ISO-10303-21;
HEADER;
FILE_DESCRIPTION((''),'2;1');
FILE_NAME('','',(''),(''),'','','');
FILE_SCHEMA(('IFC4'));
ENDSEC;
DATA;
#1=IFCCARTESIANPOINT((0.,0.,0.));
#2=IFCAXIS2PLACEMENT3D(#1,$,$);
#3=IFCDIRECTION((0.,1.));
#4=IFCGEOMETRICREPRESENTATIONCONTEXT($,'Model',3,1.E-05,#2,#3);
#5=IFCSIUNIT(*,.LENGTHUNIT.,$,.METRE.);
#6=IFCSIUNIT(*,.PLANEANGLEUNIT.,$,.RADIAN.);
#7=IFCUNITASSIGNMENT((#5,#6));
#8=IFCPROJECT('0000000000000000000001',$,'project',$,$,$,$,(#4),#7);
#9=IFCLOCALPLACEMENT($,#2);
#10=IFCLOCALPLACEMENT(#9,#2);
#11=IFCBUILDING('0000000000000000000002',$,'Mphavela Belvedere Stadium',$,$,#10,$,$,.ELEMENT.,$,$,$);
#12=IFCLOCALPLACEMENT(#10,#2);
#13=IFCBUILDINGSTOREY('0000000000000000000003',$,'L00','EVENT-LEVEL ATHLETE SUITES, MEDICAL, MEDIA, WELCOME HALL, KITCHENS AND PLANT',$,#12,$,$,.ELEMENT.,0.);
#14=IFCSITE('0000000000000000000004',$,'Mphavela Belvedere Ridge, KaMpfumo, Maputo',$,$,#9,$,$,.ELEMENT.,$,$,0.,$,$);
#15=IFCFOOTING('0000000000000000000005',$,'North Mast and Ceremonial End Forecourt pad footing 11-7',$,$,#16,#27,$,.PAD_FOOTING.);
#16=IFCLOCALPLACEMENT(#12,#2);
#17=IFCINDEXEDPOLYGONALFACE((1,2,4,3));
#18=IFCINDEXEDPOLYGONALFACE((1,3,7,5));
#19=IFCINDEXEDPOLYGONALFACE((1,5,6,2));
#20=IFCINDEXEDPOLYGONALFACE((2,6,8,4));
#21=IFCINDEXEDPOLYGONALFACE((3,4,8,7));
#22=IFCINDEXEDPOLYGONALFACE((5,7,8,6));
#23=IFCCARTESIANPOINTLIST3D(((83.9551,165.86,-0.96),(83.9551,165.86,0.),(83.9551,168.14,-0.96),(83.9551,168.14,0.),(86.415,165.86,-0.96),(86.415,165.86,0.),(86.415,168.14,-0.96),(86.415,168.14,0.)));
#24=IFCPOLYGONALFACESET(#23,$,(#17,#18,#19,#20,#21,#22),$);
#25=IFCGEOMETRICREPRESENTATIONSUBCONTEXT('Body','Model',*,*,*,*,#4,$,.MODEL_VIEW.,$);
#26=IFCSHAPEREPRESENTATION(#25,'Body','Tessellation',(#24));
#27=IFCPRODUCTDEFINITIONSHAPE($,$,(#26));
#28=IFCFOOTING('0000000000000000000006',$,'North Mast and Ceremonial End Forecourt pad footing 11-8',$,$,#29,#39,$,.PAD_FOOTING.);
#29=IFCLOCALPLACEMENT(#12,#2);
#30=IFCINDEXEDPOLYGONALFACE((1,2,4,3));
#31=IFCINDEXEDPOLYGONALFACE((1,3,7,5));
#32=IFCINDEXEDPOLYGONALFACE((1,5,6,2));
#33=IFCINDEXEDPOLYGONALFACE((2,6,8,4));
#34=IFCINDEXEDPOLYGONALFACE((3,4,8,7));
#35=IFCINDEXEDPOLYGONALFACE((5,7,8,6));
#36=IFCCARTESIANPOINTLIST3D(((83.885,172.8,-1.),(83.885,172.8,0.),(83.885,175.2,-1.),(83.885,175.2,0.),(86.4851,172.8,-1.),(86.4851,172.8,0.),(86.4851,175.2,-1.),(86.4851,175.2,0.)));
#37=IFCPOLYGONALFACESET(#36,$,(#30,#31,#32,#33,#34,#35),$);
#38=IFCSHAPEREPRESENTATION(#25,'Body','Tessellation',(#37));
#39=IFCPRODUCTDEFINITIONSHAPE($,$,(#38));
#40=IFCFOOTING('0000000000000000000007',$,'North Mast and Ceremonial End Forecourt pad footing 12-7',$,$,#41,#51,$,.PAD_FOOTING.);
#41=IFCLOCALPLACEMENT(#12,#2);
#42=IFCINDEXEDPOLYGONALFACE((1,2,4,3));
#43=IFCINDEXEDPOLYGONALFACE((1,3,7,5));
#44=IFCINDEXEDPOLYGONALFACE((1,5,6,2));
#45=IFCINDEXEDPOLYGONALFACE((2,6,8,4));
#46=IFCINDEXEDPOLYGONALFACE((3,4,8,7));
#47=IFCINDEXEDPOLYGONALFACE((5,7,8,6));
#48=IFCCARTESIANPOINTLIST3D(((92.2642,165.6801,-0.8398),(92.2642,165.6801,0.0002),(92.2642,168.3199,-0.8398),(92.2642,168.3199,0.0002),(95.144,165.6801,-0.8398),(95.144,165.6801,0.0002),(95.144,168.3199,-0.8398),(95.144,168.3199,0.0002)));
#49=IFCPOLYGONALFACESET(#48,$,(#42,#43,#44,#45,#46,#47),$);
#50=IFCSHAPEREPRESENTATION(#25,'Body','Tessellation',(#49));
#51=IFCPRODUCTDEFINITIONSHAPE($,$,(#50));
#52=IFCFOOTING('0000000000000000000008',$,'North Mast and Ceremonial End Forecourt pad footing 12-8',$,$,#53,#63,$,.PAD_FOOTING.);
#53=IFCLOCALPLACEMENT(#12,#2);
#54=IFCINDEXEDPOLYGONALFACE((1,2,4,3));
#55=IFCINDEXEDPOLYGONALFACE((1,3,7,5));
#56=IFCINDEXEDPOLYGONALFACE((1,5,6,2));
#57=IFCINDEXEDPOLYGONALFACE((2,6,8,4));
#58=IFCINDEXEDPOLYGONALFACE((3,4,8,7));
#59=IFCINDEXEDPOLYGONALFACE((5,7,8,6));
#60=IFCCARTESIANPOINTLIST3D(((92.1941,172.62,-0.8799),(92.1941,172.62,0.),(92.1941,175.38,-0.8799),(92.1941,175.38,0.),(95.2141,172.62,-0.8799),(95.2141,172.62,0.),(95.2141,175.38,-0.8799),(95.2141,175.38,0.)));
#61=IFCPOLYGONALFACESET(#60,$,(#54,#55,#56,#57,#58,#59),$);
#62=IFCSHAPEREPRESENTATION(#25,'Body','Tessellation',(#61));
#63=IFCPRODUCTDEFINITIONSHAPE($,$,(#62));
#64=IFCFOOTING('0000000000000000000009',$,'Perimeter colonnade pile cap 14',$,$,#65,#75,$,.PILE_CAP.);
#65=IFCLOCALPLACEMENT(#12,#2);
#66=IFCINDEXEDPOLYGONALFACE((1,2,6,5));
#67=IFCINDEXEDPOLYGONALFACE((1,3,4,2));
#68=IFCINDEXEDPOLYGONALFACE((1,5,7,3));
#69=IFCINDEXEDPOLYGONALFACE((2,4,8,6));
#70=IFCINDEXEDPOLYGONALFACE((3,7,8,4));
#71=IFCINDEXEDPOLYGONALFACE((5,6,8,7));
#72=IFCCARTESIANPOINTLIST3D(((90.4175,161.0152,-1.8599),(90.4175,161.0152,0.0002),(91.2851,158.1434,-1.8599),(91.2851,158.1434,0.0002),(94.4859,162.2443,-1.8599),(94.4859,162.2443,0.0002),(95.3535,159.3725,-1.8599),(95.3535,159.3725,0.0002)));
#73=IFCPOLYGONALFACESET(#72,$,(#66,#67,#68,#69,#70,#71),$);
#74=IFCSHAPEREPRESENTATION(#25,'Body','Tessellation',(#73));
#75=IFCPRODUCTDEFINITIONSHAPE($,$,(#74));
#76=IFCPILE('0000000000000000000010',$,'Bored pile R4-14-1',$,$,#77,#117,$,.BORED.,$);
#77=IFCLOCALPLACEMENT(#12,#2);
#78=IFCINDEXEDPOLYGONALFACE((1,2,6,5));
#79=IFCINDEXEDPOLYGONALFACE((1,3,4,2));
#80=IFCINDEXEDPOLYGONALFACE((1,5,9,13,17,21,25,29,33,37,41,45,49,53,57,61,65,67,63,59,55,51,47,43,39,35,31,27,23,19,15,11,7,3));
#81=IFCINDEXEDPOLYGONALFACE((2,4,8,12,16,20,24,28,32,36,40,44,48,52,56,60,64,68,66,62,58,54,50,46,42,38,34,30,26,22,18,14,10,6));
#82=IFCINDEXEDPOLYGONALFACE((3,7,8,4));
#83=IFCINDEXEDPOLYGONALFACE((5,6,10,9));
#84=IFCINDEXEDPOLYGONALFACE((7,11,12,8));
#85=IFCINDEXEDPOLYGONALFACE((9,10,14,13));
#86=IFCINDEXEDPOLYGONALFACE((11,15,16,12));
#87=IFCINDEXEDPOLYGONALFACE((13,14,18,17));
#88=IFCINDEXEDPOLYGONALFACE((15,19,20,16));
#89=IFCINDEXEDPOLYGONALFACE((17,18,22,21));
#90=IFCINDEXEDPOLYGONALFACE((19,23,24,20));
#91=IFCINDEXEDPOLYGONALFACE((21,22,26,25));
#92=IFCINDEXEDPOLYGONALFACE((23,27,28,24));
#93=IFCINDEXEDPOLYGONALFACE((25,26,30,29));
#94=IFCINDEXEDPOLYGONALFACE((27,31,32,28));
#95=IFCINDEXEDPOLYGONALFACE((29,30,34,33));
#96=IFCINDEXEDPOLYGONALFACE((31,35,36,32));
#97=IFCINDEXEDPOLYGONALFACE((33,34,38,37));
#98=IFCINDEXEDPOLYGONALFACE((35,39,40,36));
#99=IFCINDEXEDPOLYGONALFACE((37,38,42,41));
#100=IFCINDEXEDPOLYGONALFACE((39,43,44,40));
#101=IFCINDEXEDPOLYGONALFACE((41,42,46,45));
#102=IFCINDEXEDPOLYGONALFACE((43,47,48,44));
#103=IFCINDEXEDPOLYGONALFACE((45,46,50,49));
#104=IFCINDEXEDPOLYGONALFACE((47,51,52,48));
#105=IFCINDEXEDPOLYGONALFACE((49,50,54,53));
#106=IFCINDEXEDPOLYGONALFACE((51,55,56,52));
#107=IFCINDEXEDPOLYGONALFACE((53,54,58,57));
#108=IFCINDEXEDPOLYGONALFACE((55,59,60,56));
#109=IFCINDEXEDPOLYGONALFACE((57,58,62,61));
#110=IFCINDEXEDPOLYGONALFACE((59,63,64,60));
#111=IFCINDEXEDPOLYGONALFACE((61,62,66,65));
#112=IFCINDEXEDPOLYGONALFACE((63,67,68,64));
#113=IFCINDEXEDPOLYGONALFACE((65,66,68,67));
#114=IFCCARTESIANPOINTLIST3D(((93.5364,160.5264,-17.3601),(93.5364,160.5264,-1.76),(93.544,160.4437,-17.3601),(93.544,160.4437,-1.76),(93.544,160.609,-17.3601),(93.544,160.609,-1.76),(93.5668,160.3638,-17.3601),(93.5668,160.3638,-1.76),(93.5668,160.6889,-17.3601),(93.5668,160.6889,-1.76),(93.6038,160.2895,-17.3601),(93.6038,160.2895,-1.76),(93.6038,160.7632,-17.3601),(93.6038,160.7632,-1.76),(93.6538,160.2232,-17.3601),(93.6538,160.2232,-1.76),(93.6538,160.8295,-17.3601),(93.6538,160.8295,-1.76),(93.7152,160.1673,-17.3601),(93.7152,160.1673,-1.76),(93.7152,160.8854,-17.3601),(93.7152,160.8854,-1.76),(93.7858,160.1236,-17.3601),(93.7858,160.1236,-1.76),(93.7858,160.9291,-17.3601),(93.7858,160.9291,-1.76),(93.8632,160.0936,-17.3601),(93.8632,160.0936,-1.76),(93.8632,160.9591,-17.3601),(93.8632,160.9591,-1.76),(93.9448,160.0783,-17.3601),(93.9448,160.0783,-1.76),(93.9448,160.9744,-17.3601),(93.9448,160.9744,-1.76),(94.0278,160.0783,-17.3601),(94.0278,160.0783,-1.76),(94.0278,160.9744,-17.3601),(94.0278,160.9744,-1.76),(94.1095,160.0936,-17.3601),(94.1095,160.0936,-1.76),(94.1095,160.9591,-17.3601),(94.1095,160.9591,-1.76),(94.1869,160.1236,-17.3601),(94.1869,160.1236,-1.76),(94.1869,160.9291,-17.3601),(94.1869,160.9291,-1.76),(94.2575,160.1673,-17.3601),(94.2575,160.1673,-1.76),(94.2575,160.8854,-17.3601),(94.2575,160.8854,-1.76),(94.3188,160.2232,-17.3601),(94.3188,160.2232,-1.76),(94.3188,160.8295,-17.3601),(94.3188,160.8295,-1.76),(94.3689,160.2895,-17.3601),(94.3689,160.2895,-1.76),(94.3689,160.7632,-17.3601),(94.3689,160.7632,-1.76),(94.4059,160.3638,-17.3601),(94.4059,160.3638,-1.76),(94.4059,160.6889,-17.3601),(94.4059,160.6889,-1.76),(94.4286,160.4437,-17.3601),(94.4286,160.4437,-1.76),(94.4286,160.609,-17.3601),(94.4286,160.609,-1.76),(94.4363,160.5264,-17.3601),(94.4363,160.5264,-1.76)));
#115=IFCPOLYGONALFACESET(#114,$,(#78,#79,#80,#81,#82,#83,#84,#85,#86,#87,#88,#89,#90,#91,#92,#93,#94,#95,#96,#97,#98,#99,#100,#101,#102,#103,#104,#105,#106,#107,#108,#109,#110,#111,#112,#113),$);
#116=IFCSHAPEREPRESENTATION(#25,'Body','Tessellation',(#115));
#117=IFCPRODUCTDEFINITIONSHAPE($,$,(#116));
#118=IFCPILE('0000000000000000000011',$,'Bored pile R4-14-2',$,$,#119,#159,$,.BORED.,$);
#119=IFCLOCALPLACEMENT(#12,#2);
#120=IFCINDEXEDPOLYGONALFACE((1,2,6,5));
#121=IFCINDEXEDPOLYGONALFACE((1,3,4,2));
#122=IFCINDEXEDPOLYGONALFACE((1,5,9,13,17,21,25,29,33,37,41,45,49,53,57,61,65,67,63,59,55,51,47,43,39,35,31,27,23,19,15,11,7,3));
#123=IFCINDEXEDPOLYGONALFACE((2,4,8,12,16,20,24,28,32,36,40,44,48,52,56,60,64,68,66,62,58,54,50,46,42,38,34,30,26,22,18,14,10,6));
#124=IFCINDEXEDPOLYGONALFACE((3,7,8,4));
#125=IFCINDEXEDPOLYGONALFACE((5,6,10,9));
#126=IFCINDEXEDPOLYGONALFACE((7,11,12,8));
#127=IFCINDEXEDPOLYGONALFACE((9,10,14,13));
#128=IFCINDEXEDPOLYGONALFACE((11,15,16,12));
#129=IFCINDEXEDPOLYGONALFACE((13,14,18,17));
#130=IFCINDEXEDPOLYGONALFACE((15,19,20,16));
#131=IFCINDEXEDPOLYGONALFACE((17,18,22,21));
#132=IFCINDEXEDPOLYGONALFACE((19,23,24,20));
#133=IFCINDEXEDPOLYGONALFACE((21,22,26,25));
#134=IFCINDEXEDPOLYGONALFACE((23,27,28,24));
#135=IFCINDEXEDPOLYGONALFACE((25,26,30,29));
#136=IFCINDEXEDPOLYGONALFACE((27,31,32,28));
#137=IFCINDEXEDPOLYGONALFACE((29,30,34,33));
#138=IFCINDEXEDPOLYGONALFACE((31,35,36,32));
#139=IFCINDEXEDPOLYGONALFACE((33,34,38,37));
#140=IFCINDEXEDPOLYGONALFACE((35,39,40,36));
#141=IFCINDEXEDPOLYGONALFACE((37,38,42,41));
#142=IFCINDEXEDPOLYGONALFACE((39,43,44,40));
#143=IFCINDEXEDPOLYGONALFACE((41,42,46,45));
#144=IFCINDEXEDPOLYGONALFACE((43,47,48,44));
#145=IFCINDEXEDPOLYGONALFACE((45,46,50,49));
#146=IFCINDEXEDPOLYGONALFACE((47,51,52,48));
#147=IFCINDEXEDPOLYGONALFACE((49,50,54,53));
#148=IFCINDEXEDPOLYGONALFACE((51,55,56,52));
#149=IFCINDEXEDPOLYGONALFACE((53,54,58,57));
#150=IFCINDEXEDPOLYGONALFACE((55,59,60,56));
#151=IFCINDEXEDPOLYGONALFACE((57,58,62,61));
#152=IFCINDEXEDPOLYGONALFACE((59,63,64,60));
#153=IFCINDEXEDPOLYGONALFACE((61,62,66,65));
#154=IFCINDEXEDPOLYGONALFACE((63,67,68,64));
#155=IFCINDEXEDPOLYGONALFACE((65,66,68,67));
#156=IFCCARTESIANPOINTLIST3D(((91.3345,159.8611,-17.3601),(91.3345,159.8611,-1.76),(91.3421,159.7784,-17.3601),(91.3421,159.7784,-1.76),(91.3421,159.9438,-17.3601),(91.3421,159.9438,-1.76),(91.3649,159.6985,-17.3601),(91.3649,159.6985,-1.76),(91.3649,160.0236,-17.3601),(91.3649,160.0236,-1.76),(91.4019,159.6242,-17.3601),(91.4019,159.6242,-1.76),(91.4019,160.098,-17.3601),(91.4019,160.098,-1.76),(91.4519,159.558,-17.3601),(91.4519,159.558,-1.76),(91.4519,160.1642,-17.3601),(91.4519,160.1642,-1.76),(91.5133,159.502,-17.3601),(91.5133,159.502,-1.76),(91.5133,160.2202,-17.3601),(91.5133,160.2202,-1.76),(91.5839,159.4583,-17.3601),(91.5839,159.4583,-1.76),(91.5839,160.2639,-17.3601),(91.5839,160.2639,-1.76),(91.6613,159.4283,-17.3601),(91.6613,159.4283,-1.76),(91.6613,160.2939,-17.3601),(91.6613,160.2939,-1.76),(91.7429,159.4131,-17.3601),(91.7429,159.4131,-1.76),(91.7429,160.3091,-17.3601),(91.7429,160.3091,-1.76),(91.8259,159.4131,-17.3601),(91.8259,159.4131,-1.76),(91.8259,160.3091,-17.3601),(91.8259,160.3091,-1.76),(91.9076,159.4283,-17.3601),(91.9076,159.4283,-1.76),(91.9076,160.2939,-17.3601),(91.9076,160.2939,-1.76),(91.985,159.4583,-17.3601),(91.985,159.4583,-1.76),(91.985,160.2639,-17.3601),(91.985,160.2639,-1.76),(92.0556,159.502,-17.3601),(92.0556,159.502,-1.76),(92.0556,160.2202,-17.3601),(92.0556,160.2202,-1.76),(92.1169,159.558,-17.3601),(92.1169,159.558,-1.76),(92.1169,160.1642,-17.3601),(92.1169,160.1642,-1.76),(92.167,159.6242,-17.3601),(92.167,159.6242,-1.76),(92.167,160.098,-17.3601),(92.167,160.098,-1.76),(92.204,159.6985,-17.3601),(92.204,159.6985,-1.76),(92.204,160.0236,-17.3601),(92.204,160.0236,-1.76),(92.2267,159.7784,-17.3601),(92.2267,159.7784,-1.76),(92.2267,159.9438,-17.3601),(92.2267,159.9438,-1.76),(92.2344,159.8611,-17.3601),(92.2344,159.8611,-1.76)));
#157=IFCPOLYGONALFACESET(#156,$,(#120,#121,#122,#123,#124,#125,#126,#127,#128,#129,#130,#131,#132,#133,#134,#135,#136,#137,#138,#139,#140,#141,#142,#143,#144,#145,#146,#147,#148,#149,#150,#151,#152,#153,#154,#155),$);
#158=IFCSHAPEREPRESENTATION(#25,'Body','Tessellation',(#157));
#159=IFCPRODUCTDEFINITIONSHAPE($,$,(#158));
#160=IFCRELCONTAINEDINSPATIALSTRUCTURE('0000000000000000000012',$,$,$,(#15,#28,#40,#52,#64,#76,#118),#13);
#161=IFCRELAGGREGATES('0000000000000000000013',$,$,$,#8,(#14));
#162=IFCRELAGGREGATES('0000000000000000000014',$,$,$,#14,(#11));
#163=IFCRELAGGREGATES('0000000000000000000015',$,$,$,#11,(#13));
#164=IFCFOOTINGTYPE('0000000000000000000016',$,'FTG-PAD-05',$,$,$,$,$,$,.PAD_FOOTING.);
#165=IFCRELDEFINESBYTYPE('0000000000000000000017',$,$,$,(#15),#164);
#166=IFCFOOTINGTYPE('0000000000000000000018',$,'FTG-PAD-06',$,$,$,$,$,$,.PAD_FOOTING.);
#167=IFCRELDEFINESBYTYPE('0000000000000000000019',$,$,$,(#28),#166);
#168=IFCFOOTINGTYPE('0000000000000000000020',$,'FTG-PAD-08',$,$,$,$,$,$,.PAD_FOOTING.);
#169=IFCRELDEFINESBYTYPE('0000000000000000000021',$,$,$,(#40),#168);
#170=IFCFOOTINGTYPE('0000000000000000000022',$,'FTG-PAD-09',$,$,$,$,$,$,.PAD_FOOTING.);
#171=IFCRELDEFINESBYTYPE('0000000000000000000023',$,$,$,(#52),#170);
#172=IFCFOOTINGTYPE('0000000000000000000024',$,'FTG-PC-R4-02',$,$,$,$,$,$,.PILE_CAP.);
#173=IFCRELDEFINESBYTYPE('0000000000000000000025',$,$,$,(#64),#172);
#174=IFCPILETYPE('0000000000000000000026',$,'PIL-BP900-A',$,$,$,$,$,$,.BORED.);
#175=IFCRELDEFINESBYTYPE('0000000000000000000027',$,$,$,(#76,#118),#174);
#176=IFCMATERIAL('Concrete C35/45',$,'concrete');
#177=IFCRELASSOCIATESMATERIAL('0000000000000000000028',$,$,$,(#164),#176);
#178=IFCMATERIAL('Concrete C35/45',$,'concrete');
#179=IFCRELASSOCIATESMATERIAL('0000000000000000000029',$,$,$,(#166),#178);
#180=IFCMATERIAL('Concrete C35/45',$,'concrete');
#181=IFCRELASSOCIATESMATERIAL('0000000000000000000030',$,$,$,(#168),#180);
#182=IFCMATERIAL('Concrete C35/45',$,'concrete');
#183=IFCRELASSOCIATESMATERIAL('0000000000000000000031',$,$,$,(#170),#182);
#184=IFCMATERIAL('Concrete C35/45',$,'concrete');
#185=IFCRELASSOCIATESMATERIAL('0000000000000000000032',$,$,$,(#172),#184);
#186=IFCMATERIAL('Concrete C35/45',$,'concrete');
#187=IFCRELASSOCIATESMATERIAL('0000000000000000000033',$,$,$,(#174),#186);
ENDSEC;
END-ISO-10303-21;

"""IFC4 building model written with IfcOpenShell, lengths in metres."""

from ifc_helpers import new_model, si_unit, direction, frame, origin, origin_2d, place, context, subcontext, project, spatial, rectangle, circle, extrude, material, material_profile, profile_set, type_object, element, save


model = new_model("IFC4")

# Units and contexts
model_context = context("Model", 3, precision=1e-05, world=origin(), true_north=direction((0.0, 1.0)))
body_context = subcontext(model_context, "Body", "Model", "MODEL_VIEW")
ifc_project = project(units=[si_unit("LENGTHUNIT", "METRE"), si_unit("PLANEANGLEUNIT", "RADIAN")], contexts=[model_context])

# Site, building, storey
site_placement = place(None, origin())
site = spatial("IfcSite", under=ifc_project, at=site_placement, Name="Mphavela Belvedere Ridge, KaMpfumo, Maputo", CompositionType="ELEMENT", RefElevation=0.0)
building_placement = place(site_placement, origin())
building = spatial("IfcBuilding", under=site, at=building_placement, Name="Mphavela Belvedere Stadium", CompositionType="ELEMENT")
storey_placement = place(building_placement, origin())
storey = spatial("IfcBuildingStorey", under=building, at=storey_placement, Name="L00", Description="EVENT-LEVEL ATHLETE SUITES, MEDICAL, MEDIA, WELCOME HALL, KITCHENS AND PLANT", CompositionType="ELEMENT", Elevation=0.0)

# Footings
ifc_material_1 = material(Name="Concrete C35/45", Category="concrete")
footing_type_1 = type_object("IfcFootingType", Name="FTG-PAD-05", PredefinedType="PAD_FOOTING", material=ifc_material_1)
footing_1_placement = place(storey_placement, frame((85.1851, 167.0, -0.96), z_axis=(0.0, 0.0, 1.0), x_axis=(1.0, 0.0, 0.0)))
element("IfcFooting", 1, at=footing_1_placement, inside=storey, type_object=footing_type_1, Name="North Mast and Ceremonial End Forecourt pad footing 11-7", PredefinedType="PAD_FOOTING", context=body_context, shape_type="SweptSolid", body=[
    extrude(rectangle(XDim=2.46, YDim=2.28, at=origin_2d()), origin(), (0.0, 0.0, 1.0), 0.96),
])
ifc_material_2 = material(Name="Concrete C35/45", Category="concrete")
footing_type_2 = type_object("IfcFootingType", Name="FTG-PAD-06", PredefinedType="PAD_FOOTING", material=ifc_material_2)
footing_2_placement = place(storey_placement, frame((85.1851, 174.0, -1.0), z_axis=(0.0, 0.0, 1.0), x_axis=(1.0, 0.0, 0.0)))
element("IfcFooting", 2, at=footing_2_placement, inside=storey, type_object=footing_type_2, Name="North Mast and Ceremonial End Forecourt pad footing 11-8", PredefinedType="PAD_FOOTING", context=body_context, shape_type="SweptSolid", body=[
    extrude(rectangle(XDim=2.6001, YDim=2.3999, at=origin_2d()), origin(), (0.0, 0.0, 1.0), 1.0),
])
ifc_material_3 = material(Name="Concrete C35/45", Category="concrete")
footing_type_3 = type_object("IfcFootingType", Name="FTG-PAD-08", PredefinedType="PAD_FOOTING", material=ifc_material_3)
footing_3_placement = place(storey_placement, frame((93.7041, 167.0, -0.8398), z_axis=(0.0, 0.0, 1.0), x_axis=(1.0, 0.0, 0.0)))
element("IfcFooting", 3, at=footing_3_placement, inside=storey, type_object=footing_type_3, Name="North Mast and Ceremonial End Forecourt pad footing 12-7", PredefinedType="PAD_FOOTING", context=body_context, shape_type="SweptSolid", body=[
    extrude(rectangle(XDim=2.8799, YDim=2.6399, at=origin_2d()), origin(), (0.0, 0.0, 1.0), 0.8401),
])
ifc_material_4 = material(Name="Concrete C35/45", Category="concrete")
footing_type_4 = type_object("IfcFootingType", Name="FTG-PAD-09", PredefinedType="PAD_FOOTING", material=ifc_material_4)
footing_4_placement = place(storey_placement, frame((93.7041, 174.0, -0.8799), z_axis=(0.0, 0.0, 1.0), x_axis=(1.0, 0.0, 0.0)))
element("IfcFooting", 4, at=footing_4_placement, inside=storey, type_object=footing_type_4, Name="North Mast and Ceremonial End Forecourt pad footing 12-8", PredefinedType="PAD_FOOTING", context=body_context, shape_type="SweptSolid", body=[
    extrude(rectangle(XDim=3.02, YDim=2.76, at=origin_2d()), origin(), (0.0, 0.0, 1.0), 0.8799),
])
ifc_material_5 = material(Name="Concrete C35/45", Category="concrete")
footing_type_5 = type_object("IfcFootingType", Name="FTG-PC-R4-02", PredefinedType="PILE_CAP", material=ifc_material_5)
footing_5_placement = place(storey_placement, frame((92.8855, 160.1938, -1.8599), z_axis=(0.0, 0.0, 1.0), x_axis=(-0.957269, -0.289199, 0.0)))
element("IfcFooting", 5, at=footing_5_placement, inside=storey, type_object=footing_type_5, Name="Perimeter colonnade pile cap 14", PredefinedType="PILE_CAP", context=body_context, shape_type="SweptSolid", body=[
    extrude(rectangle(XDim=4.25, YDim=3.0, at=origin_2d()), origin(), (0.0, 0.0, 1.0), 1.8601),
])

# Piles
ifc_material_6 = material(Name="Concrete C35/45", Category="concrete")
ifc_material_profile_1 = material_profile(ifc_material_6, circle(Radius=0.45, at=origin_2d()), Name="BP D900")
ifc_profile_set_1 = profile_set([ifc_material_profile_1], Name="Concrete C35/45")
pile_type = type_object("IfcPileType", Name="PIL-BP900-A", PredefinedType="BORED", material=ifc_profile_set_1)
for number, where, z_axis, x_axis, name in (
    (6, (93.9863, 160.5264, -1.76), (0.0, 0.0, -1.0), (1.0, 0.0, 0.0), "Bored pile R4-14-1"),
    (7, (91.7844, 159.8611, -1.76), (0.0, 0.0, -1.0), (1.0, 0.0, 0.0), "Bored pile R4-14-2"),
):
    element("IfcPile", number, at=place(storey_placement, frame(where, z_axis=z_axis, x_axis=x_axis)), inside=storey, type_object=pile_type, Name=name, PredefinedType="BORED", context=body_context, shape_type="SweptSolid", body=[
        extrude(circle(Radius=0.45, at=origin_2d()), origin(), (0.0, 0.0, 1.0), 15.6001),
    ])

save(model, "model.ifc")
